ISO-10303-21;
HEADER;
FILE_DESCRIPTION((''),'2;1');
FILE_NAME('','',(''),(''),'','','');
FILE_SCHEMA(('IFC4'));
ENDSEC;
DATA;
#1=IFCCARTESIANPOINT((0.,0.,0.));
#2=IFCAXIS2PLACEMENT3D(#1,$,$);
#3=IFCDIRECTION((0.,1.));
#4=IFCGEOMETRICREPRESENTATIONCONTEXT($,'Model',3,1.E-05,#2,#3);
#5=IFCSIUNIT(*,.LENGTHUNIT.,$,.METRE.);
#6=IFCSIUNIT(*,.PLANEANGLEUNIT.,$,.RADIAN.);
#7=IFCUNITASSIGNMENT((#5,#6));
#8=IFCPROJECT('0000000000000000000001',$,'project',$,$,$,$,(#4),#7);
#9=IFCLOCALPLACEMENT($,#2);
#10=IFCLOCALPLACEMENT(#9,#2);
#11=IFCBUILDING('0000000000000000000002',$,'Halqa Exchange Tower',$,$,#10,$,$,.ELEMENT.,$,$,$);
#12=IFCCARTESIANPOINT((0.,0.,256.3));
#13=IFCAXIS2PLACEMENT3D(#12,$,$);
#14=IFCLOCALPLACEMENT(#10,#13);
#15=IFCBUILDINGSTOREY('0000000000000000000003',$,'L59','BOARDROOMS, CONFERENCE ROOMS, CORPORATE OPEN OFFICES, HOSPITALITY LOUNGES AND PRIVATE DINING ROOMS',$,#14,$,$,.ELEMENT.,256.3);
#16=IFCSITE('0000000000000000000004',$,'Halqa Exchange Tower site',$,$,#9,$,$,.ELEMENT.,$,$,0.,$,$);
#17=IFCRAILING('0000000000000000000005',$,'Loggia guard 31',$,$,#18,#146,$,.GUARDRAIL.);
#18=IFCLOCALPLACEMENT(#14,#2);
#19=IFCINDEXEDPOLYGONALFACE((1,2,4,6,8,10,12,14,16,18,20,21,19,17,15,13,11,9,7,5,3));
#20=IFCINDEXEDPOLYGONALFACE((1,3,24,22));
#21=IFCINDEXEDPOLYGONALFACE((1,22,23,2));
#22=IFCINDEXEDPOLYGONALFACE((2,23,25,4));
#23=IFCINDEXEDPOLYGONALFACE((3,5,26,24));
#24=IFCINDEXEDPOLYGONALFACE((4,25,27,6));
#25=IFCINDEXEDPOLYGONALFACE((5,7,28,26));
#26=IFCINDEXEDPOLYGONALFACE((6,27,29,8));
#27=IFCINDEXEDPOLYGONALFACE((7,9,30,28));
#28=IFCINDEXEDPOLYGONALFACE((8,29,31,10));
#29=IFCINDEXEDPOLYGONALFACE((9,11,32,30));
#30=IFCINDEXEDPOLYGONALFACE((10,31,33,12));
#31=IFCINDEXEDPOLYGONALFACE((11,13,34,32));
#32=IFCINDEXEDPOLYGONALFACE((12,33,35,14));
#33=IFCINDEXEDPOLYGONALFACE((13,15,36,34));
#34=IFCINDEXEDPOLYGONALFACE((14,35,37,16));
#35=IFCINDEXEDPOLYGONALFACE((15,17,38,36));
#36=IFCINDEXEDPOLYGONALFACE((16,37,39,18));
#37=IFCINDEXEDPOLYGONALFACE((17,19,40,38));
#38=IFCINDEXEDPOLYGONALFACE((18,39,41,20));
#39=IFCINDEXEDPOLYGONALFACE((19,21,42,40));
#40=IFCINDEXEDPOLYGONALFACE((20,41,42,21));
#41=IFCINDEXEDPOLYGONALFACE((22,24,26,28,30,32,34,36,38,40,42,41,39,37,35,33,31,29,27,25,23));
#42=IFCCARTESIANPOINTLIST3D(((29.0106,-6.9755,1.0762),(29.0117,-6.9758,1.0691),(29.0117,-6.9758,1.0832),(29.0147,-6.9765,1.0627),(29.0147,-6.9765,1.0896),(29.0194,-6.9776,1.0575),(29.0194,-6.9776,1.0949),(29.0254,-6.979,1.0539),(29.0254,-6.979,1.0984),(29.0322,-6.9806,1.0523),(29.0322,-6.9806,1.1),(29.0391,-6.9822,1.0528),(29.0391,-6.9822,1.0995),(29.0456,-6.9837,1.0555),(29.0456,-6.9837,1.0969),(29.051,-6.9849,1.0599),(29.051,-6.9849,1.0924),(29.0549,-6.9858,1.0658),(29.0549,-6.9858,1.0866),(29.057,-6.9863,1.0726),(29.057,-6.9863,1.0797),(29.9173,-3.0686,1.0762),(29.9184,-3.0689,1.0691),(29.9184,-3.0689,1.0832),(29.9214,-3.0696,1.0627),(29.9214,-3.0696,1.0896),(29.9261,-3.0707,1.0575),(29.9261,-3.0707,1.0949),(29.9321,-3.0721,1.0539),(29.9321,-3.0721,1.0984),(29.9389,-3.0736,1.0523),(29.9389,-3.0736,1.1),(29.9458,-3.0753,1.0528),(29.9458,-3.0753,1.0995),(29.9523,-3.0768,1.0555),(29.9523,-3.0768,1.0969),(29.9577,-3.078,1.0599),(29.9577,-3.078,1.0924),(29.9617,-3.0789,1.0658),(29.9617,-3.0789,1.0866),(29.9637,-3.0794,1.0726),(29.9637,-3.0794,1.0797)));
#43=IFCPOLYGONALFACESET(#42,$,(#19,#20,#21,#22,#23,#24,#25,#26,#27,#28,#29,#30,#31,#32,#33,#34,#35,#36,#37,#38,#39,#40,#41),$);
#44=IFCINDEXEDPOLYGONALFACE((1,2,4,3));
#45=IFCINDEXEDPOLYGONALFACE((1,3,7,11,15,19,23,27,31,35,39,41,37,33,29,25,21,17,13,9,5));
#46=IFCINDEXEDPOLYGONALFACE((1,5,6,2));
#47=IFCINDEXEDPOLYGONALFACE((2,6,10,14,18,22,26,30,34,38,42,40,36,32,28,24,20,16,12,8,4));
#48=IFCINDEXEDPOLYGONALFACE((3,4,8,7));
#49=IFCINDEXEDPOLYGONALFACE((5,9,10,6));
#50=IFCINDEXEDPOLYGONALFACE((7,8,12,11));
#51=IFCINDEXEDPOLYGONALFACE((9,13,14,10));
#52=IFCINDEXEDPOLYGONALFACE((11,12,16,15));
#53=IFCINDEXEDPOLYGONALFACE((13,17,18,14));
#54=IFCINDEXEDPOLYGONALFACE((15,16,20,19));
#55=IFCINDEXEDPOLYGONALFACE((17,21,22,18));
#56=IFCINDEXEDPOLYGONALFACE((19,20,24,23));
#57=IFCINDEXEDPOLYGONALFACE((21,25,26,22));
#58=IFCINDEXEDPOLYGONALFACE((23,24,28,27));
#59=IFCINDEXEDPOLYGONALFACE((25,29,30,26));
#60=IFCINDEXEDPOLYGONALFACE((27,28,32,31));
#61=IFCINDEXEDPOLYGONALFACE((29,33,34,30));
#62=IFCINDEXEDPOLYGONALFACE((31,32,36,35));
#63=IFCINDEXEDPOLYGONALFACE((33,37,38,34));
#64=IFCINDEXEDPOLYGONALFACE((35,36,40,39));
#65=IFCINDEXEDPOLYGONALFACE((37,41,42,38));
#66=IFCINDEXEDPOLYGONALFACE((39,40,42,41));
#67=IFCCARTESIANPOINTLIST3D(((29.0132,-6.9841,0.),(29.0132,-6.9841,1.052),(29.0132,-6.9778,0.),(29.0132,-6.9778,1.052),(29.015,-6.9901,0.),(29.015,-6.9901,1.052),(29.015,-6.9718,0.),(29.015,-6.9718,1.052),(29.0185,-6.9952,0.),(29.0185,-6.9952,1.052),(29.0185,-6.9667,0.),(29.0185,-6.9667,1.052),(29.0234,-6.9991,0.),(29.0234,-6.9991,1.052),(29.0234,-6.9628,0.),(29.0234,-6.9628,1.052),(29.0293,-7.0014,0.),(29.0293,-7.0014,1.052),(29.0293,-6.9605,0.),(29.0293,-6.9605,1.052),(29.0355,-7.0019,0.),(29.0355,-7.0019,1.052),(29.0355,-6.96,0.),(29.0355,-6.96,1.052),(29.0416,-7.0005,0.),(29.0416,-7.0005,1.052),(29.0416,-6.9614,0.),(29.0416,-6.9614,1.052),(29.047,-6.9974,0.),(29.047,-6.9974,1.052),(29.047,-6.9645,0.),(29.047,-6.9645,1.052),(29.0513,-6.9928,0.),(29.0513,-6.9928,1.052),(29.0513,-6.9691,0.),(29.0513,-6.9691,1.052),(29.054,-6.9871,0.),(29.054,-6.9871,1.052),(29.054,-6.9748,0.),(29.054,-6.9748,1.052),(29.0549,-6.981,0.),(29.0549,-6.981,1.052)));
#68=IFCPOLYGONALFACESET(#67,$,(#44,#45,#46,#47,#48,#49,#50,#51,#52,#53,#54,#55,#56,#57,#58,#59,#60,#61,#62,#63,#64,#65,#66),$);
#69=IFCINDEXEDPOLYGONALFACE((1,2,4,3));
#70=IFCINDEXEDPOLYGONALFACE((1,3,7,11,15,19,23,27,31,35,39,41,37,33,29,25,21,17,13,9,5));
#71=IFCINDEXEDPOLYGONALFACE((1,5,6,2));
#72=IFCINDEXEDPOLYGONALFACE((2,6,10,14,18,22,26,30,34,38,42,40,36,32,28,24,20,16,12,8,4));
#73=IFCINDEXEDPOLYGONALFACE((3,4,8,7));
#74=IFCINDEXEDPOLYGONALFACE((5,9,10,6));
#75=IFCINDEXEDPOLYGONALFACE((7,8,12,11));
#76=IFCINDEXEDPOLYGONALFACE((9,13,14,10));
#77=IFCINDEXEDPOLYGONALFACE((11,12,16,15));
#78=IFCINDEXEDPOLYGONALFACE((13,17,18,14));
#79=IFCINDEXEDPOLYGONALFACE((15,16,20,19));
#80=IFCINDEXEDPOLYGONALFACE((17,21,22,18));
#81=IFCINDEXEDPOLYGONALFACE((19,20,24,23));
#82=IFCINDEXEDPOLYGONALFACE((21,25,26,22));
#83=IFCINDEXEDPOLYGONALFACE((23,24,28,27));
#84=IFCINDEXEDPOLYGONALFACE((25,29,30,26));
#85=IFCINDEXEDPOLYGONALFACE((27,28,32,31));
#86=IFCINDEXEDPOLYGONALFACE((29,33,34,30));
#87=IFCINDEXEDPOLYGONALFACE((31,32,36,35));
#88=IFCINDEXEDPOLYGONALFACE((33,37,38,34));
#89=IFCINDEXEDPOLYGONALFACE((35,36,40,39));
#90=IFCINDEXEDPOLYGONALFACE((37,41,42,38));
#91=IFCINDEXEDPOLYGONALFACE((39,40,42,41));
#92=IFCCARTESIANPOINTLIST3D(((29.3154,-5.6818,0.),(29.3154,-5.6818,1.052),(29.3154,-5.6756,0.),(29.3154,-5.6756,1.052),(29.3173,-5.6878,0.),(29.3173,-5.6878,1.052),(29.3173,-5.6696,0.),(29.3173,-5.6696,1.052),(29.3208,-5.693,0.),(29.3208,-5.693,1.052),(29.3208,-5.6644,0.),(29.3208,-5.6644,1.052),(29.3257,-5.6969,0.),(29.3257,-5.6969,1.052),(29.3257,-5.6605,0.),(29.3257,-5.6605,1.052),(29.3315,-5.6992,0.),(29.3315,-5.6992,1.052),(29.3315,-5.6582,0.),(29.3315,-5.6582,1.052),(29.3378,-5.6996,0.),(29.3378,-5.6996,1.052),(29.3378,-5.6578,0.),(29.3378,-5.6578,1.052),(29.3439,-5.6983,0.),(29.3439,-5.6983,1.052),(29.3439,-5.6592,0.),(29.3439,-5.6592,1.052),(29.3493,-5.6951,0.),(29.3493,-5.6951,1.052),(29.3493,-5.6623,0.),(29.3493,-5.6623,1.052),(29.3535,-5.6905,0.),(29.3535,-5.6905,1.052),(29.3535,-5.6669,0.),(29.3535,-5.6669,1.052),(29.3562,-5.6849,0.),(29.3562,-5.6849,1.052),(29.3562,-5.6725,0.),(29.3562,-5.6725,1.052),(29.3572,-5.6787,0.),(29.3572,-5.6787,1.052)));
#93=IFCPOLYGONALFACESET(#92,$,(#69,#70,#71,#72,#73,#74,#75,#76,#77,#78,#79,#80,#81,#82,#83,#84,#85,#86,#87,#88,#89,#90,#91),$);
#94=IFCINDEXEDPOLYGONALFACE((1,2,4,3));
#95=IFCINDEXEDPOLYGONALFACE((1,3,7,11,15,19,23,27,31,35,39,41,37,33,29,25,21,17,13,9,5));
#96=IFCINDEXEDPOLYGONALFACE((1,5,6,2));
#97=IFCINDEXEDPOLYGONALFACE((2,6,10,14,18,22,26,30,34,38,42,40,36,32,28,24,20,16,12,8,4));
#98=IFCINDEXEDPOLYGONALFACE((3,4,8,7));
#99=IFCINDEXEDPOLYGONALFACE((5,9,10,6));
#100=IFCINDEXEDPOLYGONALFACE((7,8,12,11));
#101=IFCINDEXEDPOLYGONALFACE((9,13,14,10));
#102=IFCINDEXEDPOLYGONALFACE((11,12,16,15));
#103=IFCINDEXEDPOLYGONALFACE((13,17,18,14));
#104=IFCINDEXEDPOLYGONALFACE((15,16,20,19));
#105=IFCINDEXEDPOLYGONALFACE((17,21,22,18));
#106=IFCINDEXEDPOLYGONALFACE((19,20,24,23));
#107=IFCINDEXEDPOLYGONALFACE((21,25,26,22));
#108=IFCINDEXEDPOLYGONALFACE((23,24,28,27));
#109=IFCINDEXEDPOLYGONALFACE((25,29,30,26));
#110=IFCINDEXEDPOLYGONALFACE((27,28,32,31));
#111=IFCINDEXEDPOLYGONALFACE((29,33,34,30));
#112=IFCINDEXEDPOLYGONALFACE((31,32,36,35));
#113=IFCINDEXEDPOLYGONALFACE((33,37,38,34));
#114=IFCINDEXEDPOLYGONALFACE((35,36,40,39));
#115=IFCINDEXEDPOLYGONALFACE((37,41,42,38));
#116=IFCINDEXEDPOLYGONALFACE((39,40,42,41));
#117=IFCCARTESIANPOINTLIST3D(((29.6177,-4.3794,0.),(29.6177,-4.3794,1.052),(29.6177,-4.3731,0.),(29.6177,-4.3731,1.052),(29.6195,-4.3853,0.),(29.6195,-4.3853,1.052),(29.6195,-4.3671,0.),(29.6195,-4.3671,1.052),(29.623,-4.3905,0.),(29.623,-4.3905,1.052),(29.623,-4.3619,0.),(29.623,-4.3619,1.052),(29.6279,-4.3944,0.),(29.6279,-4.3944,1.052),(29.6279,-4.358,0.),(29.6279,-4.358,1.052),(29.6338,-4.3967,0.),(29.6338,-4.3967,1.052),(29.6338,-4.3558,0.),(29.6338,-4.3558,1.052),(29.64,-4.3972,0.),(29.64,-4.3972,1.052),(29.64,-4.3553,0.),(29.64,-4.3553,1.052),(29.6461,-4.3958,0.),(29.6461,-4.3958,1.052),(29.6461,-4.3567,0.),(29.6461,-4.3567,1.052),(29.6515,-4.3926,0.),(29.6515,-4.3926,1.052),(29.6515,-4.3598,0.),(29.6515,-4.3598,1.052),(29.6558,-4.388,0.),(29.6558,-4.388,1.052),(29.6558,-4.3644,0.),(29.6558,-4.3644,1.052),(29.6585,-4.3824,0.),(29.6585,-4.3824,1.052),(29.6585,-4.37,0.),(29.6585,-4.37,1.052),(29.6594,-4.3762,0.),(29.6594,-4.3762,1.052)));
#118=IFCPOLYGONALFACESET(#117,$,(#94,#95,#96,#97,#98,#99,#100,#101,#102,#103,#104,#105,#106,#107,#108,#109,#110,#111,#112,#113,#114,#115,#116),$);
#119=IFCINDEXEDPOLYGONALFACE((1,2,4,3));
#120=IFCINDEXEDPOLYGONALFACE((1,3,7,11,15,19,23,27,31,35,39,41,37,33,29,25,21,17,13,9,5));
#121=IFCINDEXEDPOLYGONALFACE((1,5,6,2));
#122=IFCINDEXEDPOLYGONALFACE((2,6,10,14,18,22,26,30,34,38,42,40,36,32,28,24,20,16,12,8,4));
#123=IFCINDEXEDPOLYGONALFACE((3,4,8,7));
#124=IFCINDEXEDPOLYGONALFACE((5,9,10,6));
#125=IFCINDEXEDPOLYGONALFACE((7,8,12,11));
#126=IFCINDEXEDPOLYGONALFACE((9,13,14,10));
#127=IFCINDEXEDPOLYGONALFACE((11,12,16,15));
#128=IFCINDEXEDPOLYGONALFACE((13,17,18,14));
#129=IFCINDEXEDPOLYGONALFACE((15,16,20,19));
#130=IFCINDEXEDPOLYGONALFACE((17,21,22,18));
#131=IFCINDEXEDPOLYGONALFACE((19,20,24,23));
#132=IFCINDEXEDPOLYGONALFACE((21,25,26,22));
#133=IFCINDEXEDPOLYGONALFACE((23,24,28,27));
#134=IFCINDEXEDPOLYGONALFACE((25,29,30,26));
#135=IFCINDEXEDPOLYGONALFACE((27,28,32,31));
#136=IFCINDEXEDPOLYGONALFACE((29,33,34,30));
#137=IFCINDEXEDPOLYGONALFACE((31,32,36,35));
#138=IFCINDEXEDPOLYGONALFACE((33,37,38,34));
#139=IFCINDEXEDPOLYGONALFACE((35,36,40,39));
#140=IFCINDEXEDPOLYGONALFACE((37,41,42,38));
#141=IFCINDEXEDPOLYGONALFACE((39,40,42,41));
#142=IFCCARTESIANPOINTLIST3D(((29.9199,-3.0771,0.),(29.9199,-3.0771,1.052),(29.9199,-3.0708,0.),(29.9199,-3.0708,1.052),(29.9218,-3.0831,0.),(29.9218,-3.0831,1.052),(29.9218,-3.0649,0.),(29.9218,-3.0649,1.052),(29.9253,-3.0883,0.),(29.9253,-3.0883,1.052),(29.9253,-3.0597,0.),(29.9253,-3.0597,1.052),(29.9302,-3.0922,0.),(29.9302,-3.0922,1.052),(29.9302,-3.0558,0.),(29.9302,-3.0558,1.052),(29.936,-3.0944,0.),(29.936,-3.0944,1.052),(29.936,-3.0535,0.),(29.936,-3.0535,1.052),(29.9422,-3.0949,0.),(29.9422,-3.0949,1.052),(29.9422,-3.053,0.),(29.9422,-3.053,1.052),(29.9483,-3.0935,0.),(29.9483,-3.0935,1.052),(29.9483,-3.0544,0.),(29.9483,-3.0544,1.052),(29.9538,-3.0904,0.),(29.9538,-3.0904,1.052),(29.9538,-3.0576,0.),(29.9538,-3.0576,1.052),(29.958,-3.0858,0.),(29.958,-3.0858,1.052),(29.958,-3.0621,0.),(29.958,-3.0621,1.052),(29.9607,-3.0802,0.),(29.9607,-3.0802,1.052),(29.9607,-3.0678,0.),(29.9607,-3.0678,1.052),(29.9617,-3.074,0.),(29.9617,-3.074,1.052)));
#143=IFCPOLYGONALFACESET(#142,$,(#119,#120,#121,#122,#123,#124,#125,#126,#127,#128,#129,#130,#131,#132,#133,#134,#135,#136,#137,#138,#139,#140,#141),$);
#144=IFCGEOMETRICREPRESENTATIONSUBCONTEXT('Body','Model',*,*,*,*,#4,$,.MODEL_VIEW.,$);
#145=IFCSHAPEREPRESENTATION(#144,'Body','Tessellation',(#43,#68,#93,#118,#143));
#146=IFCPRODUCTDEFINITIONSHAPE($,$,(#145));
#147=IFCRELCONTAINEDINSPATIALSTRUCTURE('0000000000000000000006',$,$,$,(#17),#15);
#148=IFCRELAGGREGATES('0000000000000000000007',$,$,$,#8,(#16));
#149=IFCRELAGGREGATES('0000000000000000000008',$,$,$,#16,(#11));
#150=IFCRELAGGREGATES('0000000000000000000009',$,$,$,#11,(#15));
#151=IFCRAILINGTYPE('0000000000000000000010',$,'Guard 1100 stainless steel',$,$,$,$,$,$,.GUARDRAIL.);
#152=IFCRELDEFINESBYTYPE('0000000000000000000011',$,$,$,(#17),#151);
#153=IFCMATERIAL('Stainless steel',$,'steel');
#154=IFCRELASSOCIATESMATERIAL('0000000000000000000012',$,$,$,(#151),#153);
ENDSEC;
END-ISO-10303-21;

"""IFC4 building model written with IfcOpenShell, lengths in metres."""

from ifc_helpers import new_model, si_unit, direction, frame, origin, origin_2d, place, context, subcontext, project, spatial, circle, extrude, material, type_object, element, save


model = new_model("IFC4")

# Units and contexts
model_context = context("Model", 3, precision=1e-05, world=origin(), true_north=direction((0.0, 1.0)))
body_context = subcontext(model_context, "Body", "Model", "MODEL_VIEW")
ifc_project = project(units=[si_unit("LENGTHUNIT", "METRE"), si_unit("PLANEANGLEUNIT", "RADIAN")], contexts=[model_context])

# Site, building, storey
site_placement = place(None, origin())
site = spatial("IfcSite", under=ifc_project, at=site_placement, Name="Halqa Exchange Tower site", CompositionType="ELEMENT", RefElevation=0.0)
building_placement = place(site_placement, origin())
building = spatial("IfcBuilding", under=site, at=building_placement, Name="Halqa Exchange Tower", CompositionType="ELEMENT")
storey_placement = place(building_placement, frame((0.0, 0.0, 256.3)))
storey = spatial("IfcBuildingStorey", under=building, at=storey_placement, Name="L59", Description="BOARDROOMS, CONFERENCE ROOMS, CORPORATE OPEN OFFICES, HOSPITALITY LOUNGES AND PRIVATE DINING ROOMS", CompositionType="ELEMENT", Elevation=256.3)

# Railing
ifc_material_1 = material(Name="Stainless steel", Category="steel")
railing_type = type_object("IfcRailingType", Name="Guard 1100 stainless steel", PredefinedType="GUARDRAIL", material=ifc_material_1)
railing_1_placement = place(storey_placement, frame((29.0339, -6.981, 0.0)))
element("IfcRailing", 1, at=railing_1_placement, inside=storey, type_object=railing_type, Name="Loggia guard 31", PredefinedType="GUARDRAIL", context=body_context, shape_type="SweptSolid", body=[
    extrude(circle(Radius=0.0239, at=origin_2d()), frame((0.0, 0.0, 1.0762), z_axis=(0.226073, 0.97411, 0.0), x_axis=(-0.97411, 0.226073, 0.0)), (0.0, 0.0, 1.0), 4.0107),
    extrude(circle(Radius=0.021, at=origin_2d()), origin(), (0.0, 0.0, 1.0), 1.052),
    extrude(circle(Radius=0.021, at=origin_2d()), frame((0.3022, 1.3022, 0.0)), (0.0, 0.0, 1.0), 1.052),
    extrude(circle(Radius=0.021, at=origin_2d()), frame((0.6045, 2.6047, 0.0)), (0.0, 0.0, 1.0), 1.052),
    extrude(circle(Radius=0.021, at=origin_2d()), frame((0.9067, 3.907, 0.0)), (0.0, 0.0, 1.0), 1.052),
])

save(model, "model.ifc")
